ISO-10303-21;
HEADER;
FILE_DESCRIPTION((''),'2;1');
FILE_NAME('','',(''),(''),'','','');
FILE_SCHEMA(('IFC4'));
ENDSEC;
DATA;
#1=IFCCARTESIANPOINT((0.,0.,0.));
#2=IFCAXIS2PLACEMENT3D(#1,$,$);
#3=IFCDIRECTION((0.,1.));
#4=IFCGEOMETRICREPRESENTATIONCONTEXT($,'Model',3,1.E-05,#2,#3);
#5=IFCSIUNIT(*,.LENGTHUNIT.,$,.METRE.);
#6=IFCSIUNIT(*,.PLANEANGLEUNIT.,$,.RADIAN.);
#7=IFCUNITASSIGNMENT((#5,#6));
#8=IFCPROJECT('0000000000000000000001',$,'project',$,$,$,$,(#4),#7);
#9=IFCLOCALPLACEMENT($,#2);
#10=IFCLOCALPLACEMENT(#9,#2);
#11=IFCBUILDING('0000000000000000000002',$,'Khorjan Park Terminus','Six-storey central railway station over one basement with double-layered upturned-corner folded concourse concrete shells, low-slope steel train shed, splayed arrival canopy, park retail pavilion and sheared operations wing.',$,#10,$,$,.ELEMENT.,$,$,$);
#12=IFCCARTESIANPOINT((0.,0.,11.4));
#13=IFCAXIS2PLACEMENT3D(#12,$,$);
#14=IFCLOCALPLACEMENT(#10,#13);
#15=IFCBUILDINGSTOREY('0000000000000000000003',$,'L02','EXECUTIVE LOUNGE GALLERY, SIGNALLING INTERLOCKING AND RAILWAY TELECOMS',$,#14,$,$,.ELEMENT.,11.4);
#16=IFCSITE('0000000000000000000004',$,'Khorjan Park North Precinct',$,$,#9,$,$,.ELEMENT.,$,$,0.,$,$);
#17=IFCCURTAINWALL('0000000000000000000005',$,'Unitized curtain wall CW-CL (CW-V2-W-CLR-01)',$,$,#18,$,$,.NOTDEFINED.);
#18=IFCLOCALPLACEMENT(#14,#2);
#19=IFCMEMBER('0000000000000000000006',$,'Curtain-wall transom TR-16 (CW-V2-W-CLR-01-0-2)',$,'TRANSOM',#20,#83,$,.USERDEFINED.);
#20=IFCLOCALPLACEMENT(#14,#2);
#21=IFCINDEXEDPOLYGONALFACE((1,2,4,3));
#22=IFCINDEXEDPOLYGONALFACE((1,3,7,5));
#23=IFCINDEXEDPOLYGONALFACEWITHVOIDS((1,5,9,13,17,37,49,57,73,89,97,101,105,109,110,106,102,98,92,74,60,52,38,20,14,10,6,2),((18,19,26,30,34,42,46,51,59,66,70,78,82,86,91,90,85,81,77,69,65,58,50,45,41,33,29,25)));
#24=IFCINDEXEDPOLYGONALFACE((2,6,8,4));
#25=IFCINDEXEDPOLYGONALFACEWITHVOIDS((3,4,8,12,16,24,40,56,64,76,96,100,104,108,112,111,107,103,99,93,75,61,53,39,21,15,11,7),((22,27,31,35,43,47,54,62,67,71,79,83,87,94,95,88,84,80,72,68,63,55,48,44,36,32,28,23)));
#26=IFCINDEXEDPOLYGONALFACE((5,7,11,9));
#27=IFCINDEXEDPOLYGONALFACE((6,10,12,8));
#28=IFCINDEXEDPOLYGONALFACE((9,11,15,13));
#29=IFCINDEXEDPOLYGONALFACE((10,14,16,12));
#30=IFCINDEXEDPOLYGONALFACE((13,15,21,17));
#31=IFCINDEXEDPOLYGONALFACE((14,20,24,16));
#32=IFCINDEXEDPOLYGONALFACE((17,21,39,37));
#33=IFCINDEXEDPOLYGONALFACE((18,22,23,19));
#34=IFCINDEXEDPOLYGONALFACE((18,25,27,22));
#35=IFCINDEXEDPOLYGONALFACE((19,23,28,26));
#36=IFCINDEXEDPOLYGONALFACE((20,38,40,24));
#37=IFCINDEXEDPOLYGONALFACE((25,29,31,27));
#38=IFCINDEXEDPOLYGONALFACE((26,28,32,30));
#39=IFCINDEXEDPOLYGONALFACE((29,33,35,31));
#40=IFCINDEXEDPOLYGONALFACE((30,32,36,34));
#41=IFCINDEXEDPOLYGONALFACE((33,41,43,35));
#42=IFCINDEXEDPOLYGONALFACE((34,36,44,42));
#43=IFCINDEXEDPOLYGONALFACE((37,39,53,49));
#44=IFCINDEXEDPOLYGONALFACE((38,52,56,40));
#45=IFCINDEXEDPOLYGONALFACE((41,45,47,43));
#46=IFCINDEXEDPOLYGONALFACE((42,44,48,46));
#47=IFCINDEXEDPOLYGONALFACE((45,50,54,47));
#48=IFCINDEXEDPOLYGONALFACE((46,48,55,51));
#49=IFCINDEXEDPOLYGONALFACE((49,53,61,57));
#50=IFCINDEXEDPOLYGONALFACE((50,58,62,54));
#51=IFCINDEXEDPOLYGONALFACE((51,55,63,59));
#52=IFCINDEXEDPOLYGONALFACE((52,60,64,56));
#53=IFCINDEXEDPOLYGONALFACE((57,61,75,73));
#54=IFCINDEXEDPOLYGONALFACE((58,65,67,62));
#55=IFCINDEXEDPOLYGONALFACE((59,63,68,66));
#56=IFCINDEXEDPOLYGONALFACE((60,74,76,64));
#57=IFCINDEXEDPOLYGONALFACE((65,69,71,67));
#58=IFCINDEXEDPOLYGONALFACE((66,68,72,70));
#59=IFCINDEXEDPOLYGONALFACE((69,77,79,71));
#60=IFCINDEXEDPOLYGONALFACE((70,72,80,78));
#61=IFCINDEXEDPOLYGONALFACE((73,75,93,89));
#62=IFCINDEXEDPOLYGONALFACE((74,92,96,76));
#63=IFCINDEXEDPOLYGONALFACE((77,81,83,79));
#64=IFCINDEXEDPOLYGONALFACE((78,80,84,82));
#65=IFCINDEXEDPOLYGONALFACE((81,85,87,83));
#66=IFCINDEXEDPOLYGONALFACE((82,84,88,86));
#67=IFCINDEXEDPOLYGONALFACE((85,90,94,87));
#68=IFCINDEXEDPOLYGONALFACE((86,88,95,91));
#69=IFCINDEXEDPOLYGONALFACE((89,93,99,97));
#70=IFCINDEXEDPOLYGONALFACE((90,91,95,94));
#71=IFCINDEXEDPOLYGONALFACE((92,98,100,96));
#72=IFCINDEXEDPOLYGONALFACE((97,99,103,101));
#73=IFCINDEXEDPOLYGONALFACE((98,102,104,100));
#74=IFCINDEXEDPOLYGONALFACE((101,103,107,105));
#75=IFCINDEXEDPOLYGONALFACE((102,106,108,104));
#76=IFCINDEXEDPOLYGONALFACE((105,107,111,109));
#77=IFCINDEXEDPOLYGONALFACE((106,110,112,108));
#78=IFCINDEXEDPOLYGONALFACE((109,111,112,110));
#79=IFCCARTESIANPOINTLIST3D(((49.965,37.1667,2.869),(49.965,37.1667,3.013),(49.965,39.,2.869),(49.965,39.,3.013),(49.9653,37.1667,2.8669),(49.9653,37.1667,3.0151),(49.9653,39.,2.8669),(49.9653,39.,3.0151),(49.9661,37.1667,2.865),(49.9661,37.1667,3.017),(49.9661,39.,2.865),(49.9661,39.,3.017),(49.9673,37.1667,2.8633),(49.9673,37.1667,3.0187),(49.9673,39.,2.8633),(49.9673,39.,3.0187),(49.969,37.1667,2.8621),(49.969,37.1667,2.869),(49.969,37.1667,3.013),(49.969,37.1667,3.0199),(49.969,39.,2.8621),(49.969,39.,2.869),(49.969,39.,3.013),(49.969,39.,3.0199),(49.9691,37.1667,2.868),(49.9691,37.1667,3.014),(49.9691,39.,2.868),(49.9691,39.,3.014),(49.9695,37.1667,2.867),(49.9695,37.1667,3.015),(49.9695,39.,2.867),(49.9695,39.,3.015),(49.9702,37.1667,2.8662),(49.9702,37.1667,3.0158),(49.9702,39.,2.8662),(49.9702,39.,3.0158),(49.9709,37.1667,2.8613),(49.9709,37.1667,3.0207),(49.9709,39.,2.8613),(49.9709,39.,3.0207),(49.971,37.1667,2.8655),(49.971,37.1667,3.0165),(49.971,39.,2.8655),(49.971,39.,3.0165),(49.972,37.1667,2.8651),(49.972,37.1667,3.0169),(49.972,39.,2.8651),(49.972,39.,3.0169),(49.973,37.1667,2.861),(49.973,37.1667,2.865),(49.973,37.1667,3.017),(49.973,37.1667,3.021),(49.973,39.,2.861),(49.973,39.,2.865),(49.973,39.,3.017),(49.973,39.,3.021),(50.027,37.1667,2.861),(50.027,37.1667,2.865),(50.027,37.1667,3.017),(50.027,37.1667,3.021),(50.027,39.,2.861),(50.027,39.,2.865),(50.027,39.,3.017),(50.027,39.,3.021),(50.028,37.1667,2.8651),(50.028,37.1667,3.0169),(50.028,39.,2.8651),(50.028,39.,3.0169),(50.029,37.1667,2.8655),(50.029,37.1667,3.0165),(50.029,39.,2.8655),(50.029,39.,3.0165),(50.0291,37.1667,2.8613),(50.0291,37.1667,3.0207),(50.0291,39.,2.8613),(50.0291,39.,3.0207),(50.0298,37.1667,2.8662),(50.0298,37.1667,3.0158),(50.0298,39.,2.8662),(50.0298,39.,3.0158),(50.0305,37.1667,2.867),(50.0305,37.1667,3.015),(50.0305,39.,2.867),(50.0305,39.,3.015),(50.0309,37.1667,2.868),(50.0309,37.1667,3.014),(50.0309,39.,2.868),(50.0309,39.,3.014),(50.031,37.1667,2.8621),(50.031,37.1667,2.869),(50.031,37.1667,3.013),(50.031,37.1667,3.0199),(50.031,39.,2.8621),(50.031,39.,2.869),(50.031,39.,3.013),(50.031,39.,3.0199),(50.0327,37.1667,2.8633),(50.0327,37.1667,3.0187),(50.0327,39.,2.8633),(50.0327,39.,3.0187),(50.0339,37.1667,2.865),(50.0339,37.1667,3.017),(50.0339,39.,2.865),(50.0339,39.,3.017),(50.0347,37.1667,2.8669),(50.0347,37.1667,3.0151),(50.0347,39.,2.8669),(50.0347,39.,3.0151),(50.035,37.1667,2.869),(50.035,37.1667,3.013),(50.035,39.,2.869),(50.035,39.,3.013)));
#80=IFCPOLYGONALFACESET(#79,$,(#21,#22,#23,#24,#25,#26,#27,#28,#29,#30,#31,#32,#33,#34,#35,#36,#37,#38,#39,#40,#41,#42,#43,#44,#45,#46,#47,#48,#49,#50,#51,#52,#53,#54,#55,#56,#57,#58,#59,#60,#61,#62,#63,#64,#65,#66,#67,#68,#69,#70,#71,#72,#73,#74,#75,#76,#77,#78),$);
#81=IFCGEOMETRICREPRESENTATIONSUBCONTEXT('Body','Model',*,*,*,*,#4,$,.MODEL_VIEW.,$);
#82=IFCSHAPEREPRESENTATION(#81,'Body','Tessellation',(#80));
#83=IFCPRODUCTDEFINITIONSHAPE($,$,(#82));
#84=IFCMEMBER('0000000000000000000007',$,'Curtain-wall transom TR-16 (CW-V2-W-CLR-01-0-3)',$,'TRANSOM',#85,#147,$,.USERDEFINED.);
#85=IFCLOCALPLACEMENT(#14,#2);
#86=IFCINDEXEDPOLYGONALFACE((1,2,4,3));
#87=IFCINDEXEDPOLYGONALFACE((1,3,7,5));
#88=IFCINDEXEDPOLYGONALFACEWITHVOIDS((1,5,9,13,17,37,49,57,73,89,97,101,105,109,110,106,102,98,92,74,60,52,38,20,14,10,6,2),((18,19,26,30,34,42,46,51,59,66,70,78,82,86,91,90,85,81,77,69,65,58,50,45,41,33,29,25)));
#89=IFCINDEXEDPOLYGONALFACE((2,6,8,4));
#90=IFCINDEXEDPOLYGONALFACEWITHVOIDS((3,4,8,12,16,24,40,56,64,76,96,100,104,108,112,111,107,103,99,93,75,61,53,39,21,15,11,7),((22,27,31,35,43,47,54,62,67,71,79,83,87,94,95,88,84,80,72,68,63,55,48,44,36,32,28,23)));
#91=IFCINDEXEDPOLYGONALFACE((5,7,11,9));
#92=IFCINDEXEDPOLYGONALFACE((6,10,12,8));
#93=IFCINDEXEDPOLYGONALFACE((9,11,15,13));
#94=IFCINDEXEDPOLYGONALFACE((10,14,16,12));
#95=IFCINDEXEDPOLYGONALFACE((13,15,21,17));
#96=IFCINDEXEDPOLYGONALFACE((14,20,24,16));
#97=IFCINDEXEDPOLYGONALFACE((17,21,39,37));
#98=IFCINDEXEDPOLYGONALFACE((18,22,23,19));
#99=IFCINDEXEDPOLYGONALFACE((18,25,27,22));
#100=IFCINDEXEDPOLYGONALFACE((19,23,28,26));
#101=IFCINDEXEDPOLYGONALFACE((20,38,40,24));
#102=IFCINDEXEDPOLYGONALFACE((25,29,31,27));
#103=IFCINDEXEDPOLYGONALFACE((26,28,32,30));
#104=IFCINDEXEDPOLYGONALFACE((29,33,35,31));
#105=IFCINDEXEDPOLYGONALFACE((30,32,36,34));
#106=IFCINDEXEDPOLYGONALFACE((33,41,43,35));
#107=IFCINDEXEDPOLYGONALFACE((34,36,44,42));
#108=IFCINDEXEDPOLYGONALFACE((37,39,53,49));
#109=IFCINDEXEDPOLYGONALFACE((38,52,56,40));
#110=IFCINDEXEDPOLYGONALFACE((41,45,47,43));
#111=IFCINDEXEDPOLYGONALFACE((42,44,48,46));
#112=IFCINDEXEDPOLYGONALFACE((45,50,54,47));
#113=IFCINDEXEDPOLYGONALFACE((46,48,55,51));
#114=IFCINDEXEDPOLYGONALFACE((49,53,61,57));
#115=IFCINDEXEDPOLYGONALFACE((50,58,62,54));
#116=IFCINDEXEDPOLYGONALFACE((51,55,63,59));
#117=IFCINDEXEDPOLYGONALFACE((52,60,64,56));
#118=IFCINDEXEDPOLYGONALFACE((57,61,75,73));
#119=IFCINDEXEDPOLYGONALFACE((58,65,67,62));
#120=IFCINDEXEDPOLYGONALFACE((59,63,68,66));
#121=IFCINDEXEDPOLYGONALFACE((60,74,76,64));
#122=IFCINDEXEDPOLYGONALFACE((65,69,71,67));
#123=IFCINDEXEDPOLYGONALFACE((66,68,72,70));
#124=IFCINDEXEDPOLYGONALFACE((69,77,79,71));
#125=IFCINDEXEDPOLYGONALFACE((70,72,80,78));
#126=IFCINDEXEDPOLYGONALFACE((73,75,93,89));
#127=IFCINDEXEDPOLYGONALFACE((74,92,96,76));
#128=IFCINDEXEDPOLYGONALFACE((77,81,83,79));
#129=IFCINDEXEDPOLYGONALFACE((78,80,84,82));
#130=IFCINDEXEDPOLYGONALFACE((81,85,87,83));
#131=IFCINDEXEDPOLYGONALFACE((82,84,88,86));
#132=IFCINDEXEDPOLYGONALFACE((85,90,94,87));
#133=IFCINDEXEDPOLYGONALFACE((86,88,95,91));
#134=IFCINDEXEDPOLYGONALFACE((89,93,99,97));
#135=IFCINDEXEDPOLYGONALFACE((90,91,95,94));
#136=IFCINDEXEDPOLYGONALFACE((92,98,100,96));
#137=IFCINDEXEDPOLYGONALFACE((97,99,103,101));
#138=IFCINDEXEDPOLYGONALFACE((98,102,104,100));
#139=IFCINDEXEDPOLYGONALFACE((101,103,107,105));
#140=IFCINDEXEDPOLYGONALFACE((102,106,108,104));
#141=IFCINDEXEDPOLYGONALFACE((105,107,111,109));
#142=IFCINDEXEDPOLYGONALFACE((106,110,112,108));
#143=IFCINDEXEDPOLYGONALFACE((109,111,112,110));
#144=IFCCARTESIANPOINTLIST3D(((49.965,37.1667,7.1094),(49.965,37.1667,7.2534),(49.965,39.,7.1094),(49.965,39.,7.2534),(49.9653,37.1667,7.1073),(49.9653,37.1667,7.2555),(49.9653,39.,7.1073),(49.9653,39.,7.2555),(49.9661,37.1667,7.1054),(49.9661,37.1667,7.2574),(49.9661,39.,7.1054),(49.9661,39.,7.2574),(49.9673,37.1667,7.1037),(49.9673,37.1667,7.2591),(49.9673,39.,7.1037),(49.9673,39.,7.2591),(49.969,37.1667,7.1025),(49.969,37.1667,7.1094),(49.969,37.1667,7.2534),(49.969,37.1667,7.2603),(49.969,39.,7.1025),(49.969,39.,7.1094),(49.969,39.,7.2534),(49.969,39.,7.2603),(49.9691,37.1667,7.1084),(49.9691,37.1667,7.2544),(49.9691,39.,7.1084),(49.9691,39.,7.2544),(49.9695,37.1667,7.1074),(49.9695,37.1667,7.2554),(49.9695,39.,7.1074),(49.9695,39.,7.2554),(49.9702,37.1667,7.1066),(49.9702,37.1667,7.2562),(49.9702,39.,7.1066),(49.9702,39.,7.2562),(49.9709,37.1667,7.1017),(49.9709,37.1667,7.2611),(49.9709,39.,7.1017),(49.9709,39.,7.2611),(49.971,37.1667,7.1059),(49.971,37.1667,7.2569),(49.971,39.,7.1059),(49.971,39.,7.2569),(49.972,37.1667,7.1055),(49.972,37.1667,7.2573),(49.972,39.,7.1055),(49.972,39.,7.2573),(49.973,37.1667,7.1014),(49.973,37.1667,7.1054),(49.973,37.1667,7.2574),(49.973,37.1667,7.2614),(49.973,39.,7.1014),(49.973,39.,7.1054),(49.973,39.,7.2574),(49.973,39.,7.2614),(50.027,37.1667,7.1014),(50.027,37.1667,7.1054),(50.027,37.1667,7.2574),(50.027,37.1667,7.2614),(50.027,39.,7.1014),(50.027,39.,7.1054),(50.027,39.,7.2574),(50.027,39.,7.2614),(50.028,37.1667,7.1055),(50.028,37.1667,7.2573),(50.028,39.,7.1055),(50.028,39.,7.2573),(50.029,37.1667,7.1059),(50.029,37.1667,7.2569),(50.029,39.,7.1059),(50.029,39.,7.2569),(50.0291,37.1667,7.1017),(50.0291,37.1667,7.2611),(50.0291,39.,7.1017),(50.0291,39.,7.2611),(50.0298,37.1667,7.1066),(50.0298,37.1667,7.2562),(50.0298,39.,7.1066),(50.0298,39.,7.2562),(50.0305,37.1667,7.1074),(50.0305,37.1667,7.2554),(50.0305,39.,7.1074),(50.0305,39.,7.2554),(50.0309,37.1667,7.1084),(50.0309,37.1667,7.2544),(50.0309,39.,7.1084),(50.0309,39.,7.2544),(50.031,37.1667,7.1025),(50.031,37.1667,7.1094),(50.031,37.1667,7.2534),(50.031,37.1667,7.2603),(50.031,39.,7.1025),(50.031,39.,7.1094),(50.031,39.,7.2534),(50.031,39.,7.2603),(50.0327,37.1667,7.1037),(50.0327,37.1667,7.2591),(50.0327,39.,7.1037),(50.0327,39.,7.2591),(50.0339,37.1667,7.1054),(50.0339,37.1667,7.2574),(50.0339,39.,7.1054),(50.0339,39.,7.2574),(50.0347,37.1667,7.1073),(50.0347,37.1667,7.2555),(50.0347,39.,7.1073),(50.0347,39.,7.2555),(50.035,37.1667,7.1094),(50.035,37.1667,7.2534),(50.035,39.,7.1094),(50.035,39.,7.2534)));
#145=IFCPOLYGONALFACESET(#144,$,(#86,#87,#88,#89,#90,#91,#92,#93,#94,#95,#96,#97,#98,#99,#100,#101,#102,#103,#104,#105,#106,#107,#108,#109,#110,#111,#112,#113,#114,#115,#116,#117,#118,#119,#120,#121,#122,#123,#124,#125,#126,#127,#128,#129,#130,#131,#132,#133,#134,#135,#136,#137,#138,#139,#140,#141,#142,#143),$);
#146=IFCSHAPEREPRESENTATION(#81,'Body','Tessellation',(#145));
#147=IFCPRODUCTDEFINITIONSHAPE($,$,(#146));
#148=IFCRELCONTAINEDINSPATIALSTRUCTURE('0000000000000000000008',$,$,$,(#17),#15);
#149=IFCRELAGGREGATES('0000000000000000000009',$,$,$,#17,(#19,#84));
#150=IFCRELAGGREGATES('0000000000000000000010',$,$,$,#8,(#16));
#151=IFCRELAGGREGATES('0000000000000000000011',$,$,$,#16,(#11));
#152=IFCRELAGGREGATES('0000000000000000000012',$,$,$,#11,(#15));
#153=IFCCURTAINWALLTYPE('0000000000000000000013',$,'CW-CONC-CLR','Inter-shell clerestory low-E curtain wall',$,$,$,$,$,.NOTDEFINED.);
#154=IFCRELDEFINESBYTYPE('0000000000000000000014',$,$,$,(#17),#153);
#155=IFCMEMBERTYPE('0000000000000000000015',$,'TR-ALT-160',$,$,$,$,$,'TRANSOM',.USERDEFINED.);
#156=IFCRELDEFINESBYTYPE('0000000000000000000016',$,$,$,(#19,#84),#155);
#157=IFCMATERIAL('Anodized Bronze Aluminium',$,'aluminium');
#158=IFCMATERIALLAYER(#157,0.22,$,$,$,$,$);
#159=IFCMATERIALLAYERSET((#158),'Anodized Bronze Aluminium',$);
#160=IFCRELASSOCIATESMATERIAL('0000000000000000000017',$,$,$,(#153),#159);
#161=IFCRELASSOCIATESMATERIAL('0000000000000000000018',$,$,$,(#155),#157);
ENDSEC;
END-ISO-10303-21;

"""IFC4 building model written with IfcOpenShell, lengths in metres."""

from ifc_helpers import new_model, si_unit, direction, frame, origin, origin_2d, place, context, subcontext, project, spatial, hollow_rectangle, extrude, material, layer, layer_set, material_profile, profile_set, type_object, element, aggregate, save


model = new_model("IFC4")

# Units and contexts
model_context = context("Model", 3, precision=1e-05, world=origin(), true_north=direction((0.0, 1.0)))
body_context = subcontext(model_context, "Body", "Model", "MODEL_VIEW")
ifc_project = project(units=[si_unit("LENGTHUNIT", "METRE"), si_unit("PLANEANGLEUNIT", "RADIAN")], contexts=[model_context])

# Site, building, storey
site_placement = place(None, origin())
site = spatial("IfcSite", under=ifc_project, at=site_placement, Name="Khorjan Park North Precinct", CompositionType="ELEMENT", RefElevation=0.0)
building_placement = place(site_placement, origin())
building = spatial("IfcBuilding", under=site, at=building_placement, Name="Khorjan Park Terminus", Description="Six-storey central railway station over one basement with double-layered upturned-corner folded concourse concrete shells, low-slope steel train shed, splayed arrival canopy, park retail pavilion and sheared operations wing.", CompositionType="ELEMENT")
storey_placement = place(building_placement, frame((0.0, 0.0, 11.4)))
storey = spatial("IfcBuildingStorey", under=building, at=storey_placement, Name="L02", Description="EXECUTIVE LOUNGE GALLERY, SIGNALLING INTERLOCKING AND RAILWAY TELECOMS", CompositionType="ELEMENT", Elevation=11.4)

# Curtain wall, members
ifc_material_1 = material(Name="Anodized Bronze Aluminium", Category="aluminium")
ifc_layer_1 = layer(ifc_material_1, 0.22)
ifc_layer_set_1 = layer_set([ifc_layer_1], Name="Anodized Bronze Aluminium")
curtain_wall_type = type_object("IfcCurtainWallType", Name="CW-CONC-CLR", Description="Inter-shell clerestory low-E curtain wall", PredefinedType="NOTDEFINED", material=ifc_layer_set_1)
curtain_wall_1_placement = place(storey_placement, origin())
curtain_wall_1 = element("IfcCurtainWall", 1, at=curtain_wall_1_placement, inside=storey, type_object=curtain_wall_type, Name="Unitized curtain wall CW-CL (CW-V2-W-CLR-01)", PredefinedType="NOTDEFINED")
ifc_material_profile_1 = material_profile(ifc_material_1, hollow_rectangle(XDim=0.07, YDim=0.16, WallThickness=0.004, InnerFilletRadius=0.004, OuterFilletRadius=0.008, at=origin_2d()), Name="ALT 70x160x4")
ifc_profile_set_1 = profile_set([ifc_material_profile_1], Name="Anodized Bronze Aluminium")
member_type_1 = type_object("IfcMemberType", Name="TR-ALT-160", ElementType="TRANSOM", PredefinedType="USERDEFINED", material=ifc_profile_set_1)
member_1_placement = place(storey_placement, frame((50.0, 39.0, 2.941), z_axis=(0.0, -1.0, 0.0), x_axis=(1.0, 0.0, 0.0)))
member_1 = element("IfcMember", 2, at=member_1_placement, type_object=member_type_1, Name="Curtain-wall transom TR-16 (CW-V2-W-CLR-01-0-2)", ObjectType="TRANSOM", PredefinedType="USERDEFINED", context=body_context, shape_type="SweptSolid", body=[
    extrude(hollow_rectangle(XDim=0.07, YDim=0.16, WallThickness=0.004, InnerFilletRadius=0.004, OuterFilletRadius=0.008, at=origin_2d()), origin(), (0.0, 0.0, 1.0), 1.8333),
])
member_2_placement = place(storey_placement, frame((50.0, 39.0, 7.1814), z_axis=(0.0, -1.0, 0.0), x_axis=(1.0, 0.0, 0.0)))
member_2 = element("IfcMember", 3, at=member_2_placement, type_object=member_type_1, Name="Curtain-wall transom TR-16 (CW-V2-W-CLR-01-0-3)", ObjectType="TRANSOM", PredefinedType="USERDEFINED", context=body_context, shape_type="SweptSolid", body=[
    extrude(hollow_rectangle(XDim=0.07, YDim=0.16, WallThickness=0.004, InnerFilletRadius=0.004, OuterFilletRadius=0.008, at=origin_2d()), origin(), (0.0, 0.0, 1.0), 1.8333),
])

aggregate(curtain_wall_1, [member_1, member_2])

save(model, "model.ifc")
